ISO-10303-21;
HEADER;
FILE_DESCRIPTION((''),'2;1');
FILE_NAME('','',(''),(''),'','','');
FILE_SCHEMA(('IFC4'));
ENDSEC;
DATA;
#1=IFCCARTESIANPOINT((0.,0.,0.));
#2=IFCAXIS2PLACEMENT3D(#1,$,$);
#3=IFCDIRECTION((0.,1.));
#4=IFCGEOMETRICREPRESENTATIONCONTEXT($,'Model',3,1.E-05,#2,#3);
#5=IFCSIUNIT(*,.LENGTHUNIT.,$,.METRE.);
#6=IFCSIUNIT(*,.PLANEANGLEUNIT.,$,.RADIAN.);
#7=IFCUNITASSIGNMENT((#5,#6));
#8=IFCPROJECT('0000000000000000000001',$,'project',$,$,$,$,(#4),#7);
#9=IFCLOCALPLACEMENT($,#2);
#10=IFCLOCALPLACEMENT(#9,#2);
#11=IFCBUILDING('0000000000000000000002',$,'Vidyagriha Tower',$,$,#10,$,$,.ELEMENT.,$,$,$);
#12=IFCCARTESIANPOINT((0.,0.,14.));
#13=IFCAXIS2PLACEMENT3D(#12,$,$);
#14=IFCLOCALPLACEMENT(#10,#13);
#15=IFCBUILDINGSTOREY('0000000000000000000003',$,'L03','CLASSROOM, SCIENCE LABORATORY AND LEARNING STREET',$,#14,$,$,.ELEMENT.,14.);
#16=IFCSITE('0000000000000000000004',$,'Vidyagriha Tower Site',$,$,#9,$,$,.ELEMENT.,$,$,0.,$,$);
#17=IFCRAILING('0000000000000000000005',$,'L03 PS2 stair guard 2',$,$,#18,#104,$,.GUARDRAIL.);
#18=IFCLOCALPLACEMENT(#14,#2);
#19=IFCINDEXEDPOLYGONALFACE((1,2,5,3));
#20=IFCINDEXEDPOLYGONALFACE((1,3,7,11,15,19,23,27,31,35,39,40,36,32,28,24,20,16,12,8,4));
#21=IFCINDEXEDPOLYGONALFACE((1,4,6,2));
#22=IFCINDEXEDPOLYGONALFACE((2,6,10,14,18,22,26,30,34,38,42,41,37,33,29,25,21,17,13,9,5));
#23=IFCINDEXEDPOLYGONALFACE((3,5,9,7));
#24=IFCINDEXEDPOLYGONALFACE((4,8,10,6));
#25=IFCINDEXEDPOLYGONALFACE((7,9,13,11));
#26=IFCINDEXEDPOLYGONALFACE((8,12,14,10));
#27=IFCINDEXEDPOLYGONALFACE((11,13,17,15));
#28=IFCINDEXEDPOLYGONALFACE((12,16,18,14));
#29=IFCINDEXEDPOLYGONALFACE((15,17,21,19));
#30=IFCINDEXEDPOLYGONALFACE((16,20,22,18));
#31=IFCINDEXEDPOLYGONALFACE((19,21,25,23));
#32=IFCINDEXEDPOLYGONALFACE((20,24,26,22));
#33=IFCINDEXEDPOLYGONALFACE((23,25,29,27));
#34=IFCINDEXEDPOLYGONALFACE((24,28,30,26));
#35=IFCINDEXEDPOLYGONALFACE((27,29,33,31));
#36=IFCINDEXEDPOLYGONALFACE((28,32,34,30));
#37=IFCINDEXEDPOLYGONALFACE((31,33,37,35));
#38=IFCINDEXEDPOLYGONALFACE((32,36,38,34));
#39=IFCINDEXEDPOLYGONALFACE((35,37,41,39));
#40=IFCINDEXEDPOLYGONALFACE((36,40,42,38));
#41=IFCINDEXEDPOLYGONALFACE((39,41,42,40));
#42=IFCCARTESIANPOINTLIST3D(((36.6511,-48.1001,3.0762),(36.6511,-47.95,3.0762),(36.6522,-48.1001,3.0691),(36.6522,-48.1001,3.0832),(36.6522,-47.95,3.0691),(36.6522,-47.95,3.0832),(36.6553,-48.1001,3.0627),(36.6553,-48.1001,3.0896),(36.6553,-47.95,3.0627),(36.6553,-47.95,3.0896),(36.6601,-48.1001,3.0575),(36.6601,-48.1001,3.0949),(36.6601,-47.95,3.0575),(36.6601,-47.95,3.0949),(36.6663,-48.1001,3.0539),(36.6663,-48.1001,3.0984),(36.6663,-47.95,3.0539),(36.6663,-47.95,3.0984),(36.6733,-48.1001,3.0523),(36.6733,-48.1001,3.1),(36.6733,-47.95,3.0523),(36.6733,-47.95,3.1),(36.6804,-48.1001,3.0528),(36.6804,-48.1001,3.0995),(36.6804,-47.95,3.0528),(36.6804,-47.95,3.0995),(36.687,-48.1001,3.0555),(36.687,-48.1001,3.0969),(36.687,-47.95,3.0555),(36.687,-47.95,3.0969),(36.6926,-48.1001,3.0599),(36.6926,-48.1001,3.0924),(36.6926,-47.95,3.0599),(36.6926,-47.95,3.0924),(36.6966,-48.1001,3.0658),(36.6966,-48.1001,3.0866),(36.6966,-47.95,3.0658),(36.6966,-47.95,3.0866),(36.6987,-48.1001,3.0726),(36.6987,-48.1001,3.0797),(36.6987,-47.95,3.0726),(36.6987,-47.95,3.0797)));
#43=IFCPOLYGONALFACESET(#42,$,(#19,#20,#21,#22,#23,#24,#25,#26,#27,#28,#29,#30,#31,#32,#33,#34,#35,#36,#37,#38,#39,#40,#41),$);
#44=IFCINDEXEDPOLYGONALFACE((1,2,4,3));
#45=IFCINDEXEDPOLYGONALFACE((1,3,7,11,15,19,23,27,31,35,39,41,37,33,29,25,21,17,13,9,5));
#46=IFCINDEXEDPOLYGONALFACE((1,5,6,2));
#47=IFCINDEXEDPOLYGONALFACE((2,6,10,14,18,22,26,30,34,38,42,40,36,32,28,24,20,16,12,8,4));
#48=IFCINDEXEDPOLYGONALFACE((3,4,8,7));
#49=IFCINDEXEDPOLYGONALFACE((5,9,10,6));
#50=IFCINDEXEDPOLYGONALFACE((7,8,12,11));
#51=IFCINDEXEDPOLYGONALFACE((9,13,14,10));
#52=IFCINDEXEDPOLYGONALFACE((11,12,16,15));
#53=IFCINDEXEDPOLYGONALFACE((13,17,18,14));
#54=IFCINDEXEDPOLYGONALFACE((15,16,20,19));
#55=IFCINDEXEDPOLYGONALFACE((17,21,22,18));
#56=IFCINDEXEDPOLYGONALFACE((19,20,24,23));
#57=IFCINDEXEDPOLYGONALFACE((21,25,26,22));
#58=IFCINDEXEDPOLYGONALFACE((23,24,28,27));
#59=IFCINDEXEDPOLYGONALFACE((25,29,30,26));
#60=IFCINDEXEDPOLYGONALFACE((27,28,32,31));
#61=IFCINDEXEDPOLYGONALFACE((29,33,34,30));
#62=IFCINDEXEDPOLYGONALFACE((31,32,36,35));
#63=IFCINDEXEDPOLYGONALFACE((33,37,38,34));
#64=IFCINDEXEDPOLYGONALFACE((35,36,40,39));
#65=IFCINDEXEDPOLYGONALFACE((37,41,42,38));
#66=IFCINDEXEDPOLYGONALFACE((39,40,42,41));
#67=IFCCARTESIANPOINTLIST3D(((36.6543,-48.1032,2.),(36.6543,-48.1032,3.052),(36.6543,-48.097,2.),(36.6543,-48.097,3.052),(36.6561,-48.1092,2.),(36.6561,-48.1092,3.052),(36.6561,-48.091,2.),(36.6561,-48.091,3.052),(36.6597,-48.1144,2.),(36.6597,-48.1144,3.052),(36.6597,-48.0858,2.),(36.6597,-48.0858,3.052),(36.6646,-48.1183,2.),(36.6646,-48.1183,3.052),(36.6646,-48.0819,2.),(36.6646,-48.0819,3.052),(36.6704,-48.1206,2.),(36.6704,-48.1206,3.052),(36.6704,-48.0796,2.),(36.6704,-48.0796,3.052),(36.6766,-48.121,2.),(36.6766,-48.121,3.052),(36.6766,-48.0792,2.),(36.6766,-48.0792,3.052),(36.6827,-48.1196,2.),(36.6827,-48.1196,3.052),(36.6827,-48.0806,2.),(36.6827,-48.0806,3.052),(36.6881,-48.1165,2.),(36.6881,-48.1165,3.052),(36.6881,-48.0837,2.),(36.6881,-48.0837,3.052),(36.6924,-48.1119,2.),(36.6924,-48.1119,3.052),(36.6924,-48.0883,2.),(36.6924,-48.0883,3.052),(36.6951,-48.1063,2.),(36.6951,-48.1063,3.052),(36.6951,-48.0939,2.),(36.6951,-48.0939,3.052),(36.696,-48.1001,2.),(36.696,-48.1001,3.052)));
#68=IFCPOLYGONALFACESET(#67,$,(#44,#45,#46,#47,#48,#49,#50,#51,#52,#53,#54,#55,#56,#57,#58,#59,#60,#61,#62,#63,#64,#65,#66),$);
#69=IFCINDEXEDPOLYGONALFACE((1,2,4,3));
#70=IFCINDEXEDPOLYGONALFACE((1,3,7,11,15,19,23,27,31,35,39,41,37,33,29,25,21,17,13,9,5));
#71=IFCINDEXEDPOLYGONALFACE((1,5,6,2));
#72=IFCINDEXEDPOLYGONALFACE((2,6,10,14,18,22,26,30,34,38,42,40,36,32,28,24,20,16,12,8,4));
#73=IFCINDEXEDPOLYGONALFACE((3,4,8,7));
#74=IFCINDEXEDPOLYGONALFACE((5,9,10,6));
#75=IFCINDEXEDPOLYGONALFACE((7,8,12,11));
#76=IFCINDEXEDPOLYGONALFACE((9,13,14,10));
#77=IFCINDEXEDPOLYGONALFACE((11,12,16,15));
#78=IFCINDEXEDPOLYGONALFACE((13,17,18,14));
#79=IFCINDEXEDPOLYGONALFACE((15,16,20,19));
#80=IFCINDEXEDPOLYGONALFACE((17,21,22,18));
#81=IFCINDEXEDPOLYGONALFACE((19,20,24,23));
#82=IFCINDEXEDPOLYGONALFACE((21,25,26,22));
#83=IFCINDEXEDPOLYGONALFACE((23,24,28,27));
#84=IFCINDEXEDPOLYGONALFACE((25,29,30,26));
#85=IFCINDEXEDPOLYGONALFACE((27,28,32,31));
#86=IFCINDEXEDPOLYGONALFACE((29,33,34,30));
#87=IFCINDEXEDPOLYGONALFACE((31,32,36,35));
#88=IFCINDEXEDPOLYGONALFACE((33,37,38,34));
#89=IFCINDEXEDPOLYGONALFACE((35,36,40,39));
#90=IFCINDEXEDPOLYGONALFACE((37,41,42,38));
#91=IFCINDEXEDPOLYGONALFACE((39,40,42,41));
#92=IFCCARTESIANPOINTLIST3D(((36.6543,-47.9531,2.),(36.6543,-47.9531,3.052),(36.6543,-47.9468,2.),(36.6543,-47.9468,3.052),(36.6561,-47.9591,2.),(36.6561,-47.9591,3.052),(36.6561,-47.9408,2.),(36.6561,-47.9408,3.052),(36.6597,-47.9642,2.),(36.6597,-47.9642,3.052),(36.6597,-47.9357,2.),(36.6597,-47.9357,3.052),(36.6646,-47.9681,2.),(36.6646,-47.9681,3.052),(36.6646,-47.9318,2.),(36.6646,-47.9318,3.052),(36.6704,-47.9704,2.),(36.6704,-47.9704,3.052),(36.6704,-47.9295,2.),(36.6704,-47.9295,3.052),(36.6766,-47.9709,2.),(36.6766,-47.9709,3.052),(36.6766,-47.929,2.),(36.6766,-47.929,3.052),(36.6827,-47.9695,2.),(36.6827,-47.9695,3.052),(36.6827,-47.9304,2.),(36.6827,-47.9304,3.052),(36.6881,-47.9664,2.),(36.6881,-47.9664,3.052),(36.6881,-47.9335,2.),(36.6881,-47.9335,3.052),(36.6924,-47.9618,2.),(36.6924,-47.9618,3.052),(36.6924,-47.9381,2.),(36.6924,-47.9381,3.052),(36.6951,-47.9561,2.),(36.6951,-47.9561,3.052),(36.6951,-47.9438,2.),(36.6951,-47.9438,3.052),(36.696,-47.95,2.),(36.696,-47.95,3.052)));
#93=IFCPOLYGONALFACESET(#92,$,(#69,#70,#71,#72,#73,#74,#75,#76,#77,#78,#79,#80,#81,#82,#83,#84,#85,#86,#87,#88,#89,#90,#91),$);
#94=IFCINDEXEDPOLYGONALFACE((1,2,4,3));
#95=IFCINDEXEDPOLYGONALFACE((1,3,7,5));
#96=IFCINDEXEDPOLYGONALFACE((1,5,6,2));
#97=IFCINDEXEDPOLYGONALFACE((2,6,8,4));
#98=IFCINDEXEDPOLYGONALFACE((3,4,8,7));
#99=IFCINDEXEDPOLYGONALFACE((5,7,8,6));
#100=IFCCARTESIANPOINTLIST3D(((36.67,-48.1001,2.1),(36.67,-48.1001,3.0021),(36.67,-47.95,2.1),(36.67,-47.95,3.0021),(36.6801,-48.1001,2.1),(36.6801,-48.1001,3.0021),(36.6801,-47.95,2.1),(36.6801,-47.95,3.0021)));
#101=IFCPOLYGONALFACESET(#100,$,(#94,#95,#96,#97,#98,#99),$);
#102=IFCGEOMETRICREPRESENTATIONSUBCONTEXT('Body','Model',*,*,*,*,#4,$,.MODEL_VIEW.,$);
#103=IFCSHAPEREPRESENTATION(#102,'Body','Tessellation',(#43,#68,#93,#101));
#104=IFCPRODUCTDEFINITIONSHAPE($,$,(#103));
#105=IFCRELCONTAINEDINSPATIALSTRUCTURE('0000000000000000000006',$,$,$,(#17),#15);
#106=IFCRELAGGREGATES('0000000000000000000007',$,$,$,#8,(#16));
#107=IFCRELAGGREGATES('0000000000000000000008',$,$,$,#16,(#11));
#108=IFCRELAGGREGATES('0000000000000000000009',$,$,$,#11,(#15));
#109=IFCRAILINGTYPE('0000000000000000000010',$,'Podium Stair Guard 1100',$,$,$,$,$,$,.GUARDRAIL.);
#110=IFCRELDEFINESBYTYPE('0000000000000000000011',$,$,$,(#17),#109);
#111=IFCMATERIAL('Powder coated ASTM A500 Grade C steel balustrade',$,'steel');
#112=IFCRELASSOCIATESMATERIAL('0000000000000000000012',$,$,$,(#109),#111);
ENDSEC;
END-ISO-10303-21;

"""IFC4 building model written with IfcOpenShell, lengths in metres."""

from ifc_helpers import new_model, si_unit, direction, frame, origin, origin_2d, place, context, subcontext, project, spatial, rectangle, circle, extrude, material, type_object, element, save


model = new_model("IFC4")

# Units and contexts
model_context = context("Model", 3, precision=1e-05, world=origin(), true_north=direction((0.0, 1.0)))
body_context = subcontext(model_context, "Body", "Model", "MODEL_VIEW")
ifc_project = project(units=[si_unit("LENGTHUNIT", "METRE"), si_unit("PLANEANGLEUNIT", "RADIAN")], contexts=[model_context])

# Site, building, storey
site_placement = place(None, origin())
site = spatial("IfcSite", under=ifc_project, at=site_placement, Name="Vidyagriha Tower Site", CompositionType="ELEMENT", RefElevation=0.0)
building_placement = place(site_placement, origin())
building = spatial("IfcBuilding", under=site, at=building_placement, Name="Vidyagriha Tower", CompositionType="ELEMENT")
storey_placement = place(building_placement, frame((0.0, 0.0, 14.0)))
storey = spatial("IfcBuildingStorey", under=building, at=storey_placement, Name="L03", Description="CLASSROOM, SCIENCE LABORATORY AND LEARNING STREET", CompositionType="ELEMENT", Elevation=14.0)

# Railing
ifc_material_1 = material(Name="Powder coated ASTM A500 Grade C steel balustrade", Category="steel")
railing_type_1 = type_object("IfcRailingType", Name="Podium Stair Guard 1100", PredefinedType="GUARDRAIL", material=ifc_material_1)
railing_1_placement = place(storey_placement, frame((36.675, -48.1001, 2.0)))
element("IfcRailing", 1, at=railing_1_placement, inside=storey, type_object=railing_type_1, Name="L03 PS2 stair guard 2", PredefinedType="GUARDRAIL", context=body_context, shape_type="SweptSolid", body=[
    extrude(circle(Radius=0.0239, at=origin_2d()), frame((0.0, 0.0, 1.0762), z_axis=(0.0, 1.0, 0.0), x_axis=(-1.0, 0.0, 0.0)), (0.0, 0.0, 1.0), 0.1501),
    extrude(circle(Radius=0.021, at=origin_2d()), origin(), (0.0, 0.0, 1.0), 1.052),
    extrude(circle(Radius=0.021, at=origin_2d()), frame((0.0, 0.1501, 0.0)), (0.0, 0.0, 1.0), 1.052),
    extrude(rectangle(XDim=0.01, YDim=0.9021, at=origin_2d()), frame((0.0, 0.0, 0.551), z_axis=(0.0, 1.0, 0.0), x_axis=(-1.0, 0.0, 0.0)), (0.0, 0.0, 1.0), 0.1501),
])

save(model, "model.ifc")
